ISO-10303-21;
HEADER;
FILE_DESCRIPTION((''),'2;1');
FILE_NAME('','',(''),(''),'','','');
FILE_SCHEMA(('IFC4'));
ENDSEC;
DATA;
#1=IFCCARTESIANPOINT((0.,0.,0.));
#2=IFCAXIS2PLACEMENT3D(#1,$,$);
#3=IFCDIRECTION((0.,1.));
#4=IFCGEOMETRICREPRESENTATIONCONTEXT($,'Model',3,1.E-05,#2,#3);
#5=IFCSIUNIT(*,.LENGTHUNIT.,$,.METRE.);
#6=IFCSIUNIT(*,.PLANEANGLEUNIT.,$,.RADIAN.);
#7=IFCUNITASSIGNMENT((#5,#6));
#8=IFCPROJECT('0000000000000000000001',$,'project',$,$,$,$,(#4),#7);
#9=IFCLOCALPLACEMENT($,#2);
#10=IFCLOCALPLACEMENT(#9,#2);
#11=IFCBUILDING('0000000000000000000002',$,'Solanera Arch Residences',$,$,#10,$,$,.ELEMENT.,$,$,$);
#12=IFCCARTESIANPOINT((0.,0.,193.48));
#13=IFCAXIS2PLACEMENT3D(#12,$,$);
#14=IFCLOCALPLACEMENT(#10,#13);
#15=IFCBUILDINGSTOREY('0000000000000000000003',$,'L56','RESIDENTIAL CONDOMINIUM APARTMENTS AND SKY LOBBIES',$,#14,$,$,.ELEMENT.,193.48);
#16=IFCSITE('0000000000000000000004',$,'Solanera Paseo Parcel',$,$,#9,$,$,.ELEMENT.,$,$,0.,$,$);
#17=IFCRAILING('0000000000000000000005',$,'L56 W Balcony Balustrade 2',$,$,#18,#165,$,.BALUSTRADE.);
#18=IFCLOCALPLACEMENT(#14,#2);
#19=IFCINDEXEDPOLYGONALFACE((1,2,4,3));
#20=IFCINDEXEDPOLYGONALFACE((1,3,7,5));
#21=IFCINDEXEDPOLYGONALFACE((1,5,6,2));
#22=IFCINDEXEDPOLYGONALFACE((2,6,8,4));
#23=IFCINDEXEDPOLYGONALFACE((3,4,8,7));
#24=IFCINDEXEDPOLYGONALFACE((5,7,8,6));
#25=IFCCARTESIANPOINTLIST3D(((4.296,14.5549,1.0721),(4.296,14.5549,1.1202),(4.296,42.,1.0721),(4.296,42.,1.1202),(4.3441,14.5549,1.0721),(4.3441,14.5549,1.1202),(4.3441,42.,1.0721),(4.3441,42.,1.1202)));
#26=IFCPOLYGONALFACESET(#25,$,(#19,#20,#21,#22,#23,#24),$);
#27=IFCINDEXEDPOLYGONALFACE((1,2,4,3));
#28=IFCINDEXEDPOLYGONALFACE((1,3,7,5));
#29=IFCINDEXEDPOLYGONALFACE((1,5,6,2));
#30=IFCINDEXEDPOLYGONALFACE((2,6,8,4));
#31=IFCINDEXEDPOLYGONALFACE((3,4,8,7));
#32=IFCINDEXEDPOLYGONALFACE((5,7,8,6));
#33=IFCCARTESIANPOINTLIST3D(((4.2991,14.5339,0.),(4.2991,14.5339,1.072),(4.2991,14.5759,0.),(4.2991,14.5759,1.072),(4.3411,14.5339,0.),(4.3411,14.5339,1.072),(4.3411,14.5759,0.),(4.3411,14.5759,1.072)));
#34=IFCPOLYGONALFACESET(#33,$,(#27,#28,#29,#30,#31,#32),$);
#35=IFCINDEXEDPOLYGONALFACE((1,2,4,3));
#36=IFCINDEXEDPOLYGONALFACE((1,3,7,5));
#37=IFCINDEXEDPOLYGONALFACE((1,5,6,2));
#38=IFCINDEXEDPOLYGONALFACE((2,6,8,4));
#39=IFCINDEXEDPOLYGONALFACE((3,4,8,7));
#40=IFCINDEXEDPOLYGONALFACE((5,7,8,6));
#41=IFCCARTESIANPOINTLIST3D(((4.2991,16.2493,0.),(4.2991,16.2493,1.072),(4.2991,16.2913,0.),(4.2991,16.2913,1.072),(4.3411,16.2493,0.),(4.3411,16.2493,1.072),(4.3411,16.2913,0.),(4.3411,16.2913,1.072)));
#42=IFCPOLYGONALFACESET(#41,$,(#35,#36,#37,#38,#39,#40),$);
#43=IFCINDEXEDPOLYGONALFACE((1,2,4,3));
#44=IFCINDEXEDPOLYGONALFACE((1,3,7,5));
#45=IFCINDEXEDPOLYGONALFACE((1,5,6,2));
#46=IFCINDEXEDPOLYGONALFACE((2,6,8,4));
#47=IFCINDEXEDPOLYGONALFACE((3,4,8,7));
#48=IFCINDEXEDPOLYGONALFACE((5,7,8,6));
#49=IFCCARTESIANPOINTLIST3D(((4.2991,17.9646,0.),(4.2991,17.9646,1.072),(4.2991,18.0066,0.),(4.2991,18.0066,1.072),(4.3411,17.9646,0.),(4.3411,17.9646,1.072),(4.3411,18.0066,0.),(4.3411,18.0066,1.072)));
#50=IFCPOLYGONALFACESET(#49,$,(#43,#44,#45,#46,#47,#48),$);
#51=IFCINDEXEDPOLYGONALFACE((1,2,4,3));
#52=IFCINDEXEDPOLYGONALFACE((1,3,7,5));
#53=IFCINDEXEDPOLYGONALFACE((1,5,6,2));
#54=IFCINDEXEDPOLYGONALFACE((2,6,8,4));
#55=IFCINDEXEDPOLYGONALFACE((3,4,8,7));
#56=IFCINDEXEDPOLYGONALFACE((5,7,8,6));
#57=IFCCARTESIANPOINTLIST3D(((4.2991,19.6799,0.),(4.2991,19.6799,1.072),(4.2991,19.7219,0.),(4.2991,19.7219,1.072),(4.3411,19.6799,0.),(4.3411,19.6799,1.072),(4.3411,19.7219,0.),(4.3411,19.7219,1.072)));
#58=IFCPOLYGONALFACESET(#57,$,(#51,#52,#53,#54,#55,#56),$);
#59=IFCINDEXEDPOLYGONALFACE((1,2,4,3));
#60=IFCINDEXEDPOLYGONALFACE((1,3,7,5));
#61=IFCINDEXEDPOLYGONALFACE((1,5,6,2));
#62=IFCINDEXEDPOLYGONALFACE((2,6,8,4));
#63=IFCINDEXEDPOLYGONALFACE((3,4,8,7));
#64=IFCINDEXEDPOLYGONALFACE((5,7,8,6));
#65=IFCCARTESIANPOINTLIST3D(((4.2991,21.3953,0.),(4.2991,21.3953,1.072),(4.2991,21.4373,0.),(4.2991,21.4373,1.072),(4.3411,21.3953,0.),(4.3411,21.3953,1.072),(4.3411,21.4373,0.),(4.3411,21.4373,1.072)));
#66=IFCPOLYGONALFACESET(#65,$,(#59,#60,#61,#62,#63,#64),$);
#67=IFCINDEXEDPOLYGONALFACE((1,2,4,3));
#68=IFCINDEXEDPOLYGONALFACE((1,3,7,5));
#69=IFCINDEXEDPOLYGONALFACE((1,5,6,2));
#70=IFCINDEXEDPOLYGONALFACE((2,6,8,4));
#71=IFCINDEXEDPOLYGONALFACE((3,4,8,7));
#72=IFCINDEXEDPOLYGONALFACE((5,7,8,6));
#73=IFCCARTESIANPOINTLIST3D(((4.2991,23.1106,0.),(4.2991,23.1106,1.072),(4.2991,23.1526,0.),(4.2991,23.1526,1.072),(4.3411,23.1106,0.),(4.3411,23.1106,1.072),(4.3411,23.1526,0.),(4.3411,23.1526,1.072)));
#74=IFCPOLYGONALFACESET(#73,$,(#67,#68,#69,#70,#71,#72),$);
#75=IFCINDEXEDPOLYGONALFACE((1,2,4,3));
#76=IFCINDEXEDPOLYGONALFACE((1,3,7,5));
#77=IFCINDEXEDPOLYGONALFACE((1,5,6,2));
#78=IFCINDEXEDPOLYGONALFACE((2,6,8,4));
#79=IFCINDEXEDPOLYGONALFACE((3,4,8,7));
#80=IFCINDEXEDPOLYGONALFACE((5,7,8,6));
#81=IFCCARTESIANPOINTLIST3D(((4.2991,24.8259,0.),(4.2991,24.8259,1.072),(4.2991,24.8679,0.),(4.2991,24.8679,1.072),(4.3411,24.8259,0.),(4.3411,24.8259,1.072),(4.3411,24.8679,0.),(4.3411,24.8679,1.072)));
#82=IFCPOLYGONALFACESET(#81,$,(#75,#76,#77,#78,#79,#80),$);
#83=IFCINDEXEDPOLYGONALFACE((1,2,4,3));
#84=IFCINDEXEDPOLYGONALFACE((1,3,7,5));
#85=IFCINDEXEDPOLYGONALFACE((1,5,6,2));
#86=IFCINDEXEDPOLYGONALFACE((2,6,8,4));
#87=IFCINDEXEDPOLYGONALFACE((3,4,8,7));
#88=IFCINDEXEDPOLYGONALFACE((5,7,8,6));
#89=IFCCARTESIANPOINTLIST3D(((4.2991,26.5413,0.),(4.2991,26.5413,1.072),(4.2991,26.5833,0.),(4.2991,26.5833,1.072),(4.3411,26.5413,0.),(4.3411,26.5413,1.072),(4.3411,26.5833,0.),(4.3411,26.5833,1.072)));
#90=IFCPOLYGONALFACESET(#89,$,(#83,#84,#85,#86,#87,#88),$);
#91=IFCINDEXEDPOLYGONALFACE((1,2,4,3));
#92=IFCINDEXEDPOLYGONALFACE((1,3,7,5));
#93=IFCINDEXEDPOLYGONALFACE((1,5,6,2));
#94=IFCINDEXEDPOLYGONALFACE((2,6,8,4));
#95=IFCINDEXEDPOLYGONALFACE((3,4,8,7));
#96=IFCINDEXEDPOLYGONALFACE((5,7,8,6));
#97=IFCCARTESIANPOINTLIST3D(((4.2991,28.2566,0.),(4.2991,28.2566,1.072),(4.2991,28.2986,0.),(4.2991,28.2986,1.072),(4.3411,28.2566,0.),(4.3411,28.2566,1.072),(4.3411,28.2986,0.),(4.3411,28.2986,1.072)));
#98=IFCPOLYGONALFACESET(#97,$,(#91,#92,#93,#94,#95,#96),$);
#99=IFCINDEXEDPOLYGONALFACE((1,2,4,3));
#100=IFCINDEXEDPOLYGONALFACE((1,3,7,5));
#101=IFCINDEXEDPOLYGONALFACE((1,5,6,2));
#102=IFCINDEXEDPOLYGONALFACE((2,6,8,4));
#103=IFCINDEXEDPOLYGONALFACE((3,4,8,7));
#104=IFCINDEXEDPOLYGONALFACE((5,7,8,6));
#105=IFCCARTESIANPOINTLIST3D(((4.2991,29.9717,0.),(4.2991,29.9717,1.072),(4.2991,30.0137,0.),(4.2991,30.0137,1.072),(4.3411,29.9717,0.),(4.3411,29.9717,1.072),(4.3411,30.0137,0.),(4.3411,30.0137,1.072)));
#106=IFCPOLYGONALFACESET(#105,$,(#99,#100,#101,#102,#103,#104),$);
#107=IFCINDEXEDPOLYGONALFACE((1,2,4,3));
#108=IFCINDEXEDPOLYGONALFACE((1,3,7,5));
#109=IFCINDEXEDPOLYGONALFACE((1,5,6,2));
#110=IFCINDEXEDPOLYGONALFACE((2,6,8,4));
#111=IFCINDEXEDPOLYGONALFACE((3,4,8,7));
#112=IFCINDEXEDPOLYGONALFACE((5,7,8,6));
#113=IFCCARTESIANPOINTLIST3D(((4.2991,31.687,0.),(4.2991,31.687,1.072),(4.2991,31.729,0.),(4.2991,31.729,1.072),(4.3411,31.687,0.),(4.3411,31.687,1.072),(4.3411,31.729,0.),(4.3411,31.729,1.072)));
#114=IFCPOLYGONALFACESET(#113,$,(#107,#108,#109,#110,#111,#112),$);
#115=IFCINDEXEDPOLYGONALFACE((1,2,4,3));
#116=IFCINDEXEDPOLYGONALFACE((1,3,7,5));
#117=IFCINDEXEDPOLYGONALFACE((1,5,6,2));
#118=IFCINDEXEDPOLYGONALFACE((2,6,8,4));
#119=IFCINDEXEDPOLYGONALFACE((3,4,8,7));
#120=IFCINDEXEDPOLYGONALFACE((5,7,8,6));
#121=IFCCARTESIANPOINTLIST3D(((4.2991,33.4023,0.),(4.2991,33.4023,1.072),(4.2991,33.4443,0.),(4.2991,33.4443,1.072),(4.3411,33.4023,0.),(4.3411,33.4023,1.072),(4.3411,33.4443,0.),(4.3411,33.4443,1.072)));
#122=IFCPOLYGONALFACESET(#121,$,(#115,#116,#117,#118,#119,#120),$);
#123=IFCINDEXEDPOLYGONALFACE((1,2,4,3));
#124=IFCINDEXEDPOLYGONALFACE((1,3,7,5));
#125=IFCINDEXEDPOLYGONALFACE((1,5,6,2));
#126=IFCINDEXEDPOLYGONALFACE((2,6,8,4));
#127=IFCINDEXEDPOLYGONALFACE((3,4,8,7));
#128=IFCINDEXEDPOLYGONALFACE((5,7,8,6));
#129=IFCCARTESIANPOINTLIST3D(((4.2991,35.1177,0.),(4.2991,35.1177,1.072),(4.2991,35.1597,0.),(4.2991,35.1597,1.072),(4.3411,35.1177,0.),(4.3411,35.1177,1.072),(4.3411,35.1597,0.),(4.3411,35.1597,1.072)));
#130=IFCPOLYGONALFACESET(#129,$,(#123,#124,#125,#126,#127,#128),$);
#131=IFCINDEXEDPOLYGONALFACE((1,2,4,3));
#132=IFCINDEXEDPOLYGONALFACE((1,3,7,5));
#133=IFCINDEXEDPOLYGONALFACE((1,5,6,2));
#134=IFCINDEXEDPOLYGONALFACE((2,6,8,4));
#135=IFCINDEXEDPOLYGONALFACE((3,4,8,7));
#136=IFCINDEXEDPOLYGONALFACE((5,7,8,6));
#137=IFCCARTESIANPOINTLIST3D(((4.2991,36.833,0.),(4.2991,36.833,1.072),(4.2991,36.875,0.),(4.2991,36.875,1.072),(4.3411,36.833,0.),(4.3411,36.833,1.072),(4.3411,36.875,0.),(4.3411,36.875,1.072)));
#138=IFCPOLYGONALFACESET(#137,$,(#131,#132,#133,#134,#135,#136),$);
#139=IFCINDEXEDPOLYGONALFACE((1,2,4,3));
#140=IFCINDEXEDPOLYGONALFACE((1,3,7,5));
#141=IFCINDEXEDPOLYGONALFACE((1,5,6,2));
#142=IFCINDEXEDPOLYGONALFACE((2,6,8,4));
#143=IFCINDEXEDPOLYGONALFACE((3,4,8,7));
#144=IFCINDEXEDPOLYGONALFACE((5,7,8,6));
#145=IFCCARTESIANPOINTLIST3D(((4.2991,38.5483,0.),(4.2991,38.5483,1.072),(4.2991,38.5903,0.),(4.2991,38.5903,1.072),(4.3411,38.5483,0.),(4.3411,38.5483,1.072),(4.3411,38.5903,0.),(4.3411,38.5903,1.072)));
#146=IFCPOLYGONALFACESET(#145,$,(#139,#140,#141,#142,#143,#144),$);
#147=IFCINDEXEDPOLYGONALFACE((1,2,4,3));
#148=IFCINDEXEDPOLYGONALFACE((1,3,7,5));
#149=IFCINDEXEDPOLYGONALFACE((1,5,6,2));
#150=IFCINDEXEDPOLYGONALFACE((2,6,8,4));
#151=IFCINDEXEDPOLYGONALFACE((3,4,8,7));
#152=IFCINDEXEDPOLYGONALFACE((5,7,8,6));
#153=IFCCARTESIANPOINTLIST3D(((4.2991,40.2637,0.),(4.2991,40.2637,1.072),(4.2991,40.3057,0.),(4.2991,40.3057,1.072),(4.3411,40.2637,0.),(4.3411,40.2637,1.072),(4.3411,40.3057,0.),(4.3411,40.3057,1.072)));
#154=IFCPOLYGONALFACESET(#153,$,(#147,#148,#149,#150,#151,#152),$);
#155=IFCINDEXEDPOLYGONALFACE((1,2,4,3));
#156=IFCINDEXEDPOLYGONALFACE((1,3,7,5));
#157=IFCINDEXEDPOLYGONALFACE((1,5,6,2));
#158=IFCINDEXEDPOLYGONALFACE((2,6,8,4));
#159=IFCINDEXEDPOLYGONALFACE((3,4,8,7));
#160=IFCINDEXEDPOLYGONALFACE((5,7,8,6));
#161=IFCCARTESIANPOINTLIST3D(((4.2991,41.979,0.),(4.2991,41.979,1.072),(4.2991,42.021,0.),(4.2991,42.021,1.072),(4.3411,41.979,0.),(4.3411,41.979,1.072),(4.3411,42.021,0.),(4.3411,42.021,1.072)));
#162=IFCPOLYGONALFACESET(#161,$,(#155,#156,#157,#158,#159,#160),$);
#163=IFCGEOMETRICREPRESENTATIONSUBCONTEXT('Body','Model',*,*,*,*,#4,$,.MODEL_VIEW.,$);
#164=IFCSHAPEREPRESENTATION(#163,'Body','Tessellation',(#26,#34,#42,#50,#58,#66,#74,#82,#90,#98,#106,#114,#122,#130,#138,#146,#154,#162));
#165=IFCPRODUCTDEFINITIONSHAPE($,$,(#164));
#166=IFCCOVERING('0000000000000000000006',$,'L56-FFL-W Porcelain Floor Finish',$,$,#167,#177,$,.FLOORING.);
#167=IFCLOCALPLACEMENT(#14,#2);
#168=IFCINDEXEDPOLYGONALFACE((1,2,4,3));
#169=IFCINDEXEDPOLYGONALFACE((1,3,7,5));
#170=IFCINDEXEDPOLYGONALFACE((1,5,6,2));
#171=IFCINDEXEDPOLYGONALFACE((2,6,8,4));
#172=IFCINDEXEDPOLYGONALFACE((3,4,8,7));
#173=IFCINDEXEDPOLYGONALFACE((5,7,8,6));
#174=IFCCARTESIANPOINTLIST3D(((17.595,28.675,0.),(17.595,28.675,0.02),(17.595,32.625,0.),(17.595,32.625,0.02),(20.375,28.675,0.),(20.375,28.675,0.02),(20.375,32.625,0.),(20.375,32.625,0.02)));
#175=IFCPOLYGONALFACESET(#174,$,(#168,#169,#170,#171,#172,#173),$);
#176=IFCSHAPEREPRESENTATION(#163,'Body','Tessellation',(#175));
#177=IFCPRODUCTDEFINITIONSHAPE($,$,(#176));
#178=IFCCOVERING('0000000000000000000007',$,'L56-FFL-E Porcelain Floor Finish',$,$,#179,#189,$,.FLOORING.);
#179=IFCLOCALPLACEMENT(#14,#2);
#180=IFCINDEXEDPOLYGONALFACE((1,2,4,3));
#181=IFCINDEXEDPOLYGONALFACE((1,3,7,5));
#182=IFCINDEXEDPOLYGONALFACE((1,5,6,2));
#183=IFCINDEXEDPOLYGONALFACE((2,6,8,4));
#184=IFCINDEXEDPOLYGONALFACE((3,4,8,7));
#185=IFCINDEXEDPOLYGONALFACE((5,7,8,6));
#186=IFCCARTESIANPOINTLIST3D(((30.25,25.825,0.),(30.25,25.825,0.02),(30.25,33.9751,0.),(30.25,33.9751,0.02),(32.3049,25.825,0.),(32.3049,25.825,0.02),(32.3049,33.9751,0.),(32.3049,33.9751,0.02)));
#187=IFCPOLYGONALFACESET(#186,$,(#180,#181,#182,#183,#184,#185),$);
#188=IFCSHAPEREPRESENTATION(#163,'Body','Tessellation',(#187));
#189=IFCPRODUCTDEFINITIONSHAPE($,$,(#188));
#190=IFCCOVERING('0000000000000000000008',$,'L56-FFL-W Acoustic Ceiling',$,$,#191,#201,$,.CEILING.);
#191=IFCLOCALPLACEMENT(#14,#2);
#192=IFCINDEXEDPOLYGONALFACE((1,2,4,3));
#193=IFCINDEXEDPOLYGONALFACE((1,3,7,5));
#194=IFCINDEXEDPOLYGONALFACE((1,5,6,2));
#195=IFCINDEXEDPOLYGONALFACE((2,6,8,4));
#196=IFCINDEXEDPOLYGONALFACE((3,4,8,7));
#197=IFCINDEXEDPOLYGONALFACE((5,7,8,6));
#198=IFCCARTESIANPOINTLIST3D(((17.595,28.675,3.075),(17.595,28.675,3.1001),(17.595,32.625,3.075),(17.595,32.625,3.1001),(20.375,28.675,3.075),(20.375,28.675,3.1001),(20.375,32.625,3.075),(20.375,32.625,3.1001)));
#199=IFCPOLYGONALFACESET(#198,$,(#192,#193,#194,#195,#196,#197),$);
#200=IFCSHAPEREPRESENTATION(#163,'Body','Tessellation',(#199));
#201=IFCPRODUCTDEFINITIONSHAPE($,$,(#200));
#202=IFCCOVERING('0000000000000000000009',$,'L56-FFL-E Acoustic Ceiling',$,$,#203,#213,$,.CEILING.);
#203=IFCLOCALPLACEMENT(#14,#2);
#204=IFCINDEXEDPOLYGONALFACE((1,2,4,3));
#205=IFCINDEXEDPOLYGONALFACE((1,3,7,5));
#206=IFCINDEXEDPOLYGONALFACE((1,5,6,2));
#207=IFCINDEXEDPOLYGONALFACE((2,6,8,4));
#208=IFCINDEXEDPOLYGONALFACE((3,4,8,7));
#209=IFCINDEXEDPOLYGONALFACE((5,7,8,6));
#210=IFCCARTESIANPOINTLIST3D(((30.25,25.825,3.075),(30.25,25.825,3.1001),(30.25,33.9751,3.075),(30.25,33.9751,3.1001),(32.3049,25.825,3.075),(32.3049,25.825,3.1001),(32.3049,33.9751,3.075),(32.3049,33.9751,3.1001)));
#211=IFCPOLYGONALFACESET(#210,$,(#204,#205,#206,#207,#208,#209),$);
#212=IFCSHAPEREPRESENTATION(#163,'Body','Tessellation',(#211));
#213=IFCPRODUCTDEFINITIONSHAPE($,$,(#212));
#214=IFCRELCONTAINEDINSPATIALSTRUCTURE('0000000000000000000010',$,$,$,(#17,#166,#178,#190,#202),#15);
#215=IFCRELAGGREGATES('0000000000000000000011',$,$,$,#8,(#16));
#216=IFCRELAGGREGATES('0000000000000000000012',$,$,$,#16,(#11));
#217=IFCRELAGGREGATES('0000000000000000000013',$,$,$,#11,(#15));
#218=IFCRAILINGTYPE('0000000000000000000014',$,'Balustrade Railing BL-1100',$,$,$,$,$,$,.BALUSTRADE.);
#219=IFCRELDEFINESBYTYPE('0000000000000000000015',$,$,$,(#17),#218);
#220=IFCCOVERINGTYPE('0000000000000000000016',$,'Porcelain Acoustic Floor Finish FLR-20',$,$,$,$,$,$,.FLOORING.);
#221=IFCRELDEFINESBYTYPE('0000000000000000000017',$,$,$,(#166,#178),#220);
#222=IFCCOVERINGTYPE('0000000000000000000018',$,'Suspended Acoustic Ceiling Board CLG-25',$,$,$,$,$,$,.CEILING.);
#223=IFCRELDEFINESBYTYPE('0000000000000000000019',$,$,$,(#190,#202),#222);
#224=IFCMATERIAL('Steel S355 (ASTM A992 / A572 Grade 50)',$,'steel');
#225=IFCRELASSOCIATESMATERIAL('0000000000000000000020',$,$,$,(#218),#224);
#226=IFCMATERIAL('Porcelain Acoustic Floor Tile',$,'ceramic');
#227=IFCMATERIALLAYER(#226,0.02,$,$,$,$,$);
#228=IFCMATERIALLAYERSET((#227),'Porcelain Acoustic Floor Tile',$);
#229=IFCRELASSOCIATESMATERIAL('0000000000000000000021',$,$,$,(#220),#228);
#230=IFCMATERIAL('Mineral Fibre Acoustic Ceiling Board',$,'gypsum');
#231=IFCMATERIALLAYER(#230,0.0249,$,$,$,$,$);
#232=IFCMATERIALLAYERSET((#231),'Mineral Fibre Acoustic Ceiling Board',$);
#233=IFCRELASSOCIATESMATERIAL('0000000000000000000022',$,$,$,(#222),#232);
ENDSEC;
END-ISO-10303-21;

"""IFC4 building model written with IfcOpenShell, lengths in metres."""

from ifc_helpers import new_model, si_unit, direction, frame, origin, origin_2d, place, context, subcontext, project, spatial, polyline, rectangle, outline, extrude, material, layer, layer_set, type_object, element, save


model = new_model("IFC4")

# Units and contexts
model_context = context("Model", 3, precision=1e-05, world=origin(), true_north=direction((0.0, 1.0)))
body_context = subcontext(model_context, "Body", "Model", "MODEL_VIEW")
ifc_project = project(units=[si_unit("LENGTHUNIT", "METRE"), si_unit("PLANEANGLEUNIT", "RADIAN")], contexts=[model_context])

# Site, building, storey
site_placement = place(None, origin())
site = spatial("IfcSite", under=ifc_project, at=site_placement, Name="Solanera Paseo Parcel", CompositionType="ELEMENT", RefElevation=0.0)
building_placement = place(site_placement, origin())
building = spatial("IfcBuilding", under=site, at=building_placement, Name="Solanera Arch Residences", CompositionType="ELEMENT")
storey_placement = place(building_placement, frame((0.0, 0.0, 193.48)))
storey = spatial("IfcBuildingStorey", under=building, at=storey_placement, Name="L56", Description="RESIDENTIAL CONDOMINIUM APARTMENTS AND SKY LOBBIES", CompositionType="ELEMENT", Elevation=193.48)

# Railing
ifc_material_1 = material(Name="Steel S355 (ASTM A992 / A572 Grade 50)", Category="steel")
railing_type = type_object("IfcRailingType", Name="Balustrade Railing BL-1100", PredefinedType="BALUSTRADE", material=ifc_material_1)
railing_placement = place(storey_placement, frame((4.3201, 14.5549, 0.0)))
element("IfcRailing", 1, at=railing_placement, inside=storey, type_object=railing_type, Name="L56 W Balcony Balustrade 2", PredefinedType="BALUSTRADE", context=body_context, shape_type="SweptSolid", body=[
    extrude(rectangle(XDim=0.0481, YDim=0.0481, at=origin_2d()), frame((0.0, 0.0, 1.0962), z_axis=(0.0, 1.0, 0.0), x_axis=(-1.0, 0.0, 0.0)), (0.0, 0.0, 1.0), 27.4451),
    extrude(rectangle(XDim=0.042, YDim=0.042, at=origin_2d()), origin(), (0.0, 0.0, 1.0), 1.072),
    extrude(rectangle(XDim=0.042, YDim=0.042, at=origin_2d()), frame((0.0, 1.7153, 0.0)), (0.0, 0.0, 1.0), 1.072),
    extrude(rectangle(XDim=0.042, YDim=0.042, at=origin_2d()), frame((0.0, 3.4307, 0.0)), (0.0, 0.0, 1.0), 1.072),
    extrude(rectangle(XDim=0.042, YDim=0.042, at=origin_2d()), frame((0.0, 5.146, 0.0)), (0.0, 0.0, 1.0), 1.072),
    extrude(rectangle(XDim=0.042, YDim=0.042, at=origin_2d()), frame((0.0, 6.8613, 0.0)), (0.0, 0.0, 1.0), 1.072),
    extrude(rectangle(XDim=0.042, YDim=0.042, at=origin_2d()), frame((0.0, 8.5767, 0.0)), (0.0, 0.0, 1.0), 1.072),
    extrude(rectangle(XDim=0.042, YDim=0.042, at=origin_2d()), frame((0.0, 10.292, 0.0)), (0.0, 0.0, 1.0), 1.072),
    extrude(rectangle(XDim=0.042, YDim=0.042, at=origin_2d()), frame((0.0, 12.0073, 0.0)), (0.0, 0.0, 1.0), 1.072),
    extrude(rectangle(XDim=0.042, YDim=0.042, at=origin_2d()), frame((0.0, 13.7227, 0.0)), (0.0, 0.0, 1.0), 1.072),
    extrude(rectangle(XDim=0.042, YDim=0.042, at=origin_2d()), frame((0.0, 15.4377, 0.0)), (0.0, 0.0, 1.0), 1.072),
    extrude(rectangle(XDim=0.042, YDim=0.042, at=origin_2d()), frame((0.0, 17.1531, 0.0)), (0.0, 0.0, 1.0), 1.072),
    extrude(rectangle(XDim=0.042, YDim=0.042, at=origin_2d()), frame((0.0, 18.8684, 0.0)), (0.0, 0.0, 1.0), 1.072),
    extrude(rectangle(XDim=0.042, YDim=0.042, at=origin_2d()), frame((0.0, 20.5837, 0.0)), (0.0, 0.0, 1.0), 1.072),
    extrude(rectangle(XDim=0.042, YDim=0.042, at=origin_2d()), frame((0.0, 22.2991, 0.0)), (0.0, 0.0, 1.0), 1.072),
    extrude(rectangle(XDim=0.042, YDim=0.042, at=origin_2d()), frame((0.0, 24.0144, 0.0)), (0.0, 0.0, 1.0), 1.072),
    extrude(rectangle(XDim=0.042, YDim=0.042, at=origin_2d()), frame((0.0, 25.7297, 0.0)), (0.0, 0.0, 1.0), 1.072),
    extrude(rectangle(XDim=0.042, YDim=0.042, at=origin_2d()), frame((0.0, 27.4451, 0.0)), (0.0, 0.0, 1.0), 1.072),
])

# Coverings
ifc_material_2 = material(Name="Porcelain Acoustic Floor Tile", Category="ceramic")
ifc_layer_1 = layer(ifc_material_2, 0.02)
ifc_layer_set_1 = layer_set([ifc_layer_1], Name="Porcelain Acoustic Floor Tile")
covering_type_1 = type_object("IfcCoveringType", Name="Porcelain Acoustic Floor Finish FLR-20", PredefinedType="FLOORING", material=ifc_layer_set_1)
covering_1_placement = place(storey_placement, origin())
element("IfcCovering", 2, at=covering_1_placement, inside=storey, type_object=covering_type_1, Name="L56-FFL-W Porcelain Floor Finish", PredefinedType="FLOORING", context=body_context, shape_type="SweptSolid", body=[
    extrude(outline(polyline([(20.375, 28.675), (17.595, 28.675), (17.595, 32.625), (20.375, 32.625), (20.375, 28.675)])), origin(), (0.0, 0.0, 1.0), 0.02),
])
covering_2_placement = place(storey_placement, origin())
element("IfcCovering", 3, at=covering_2_placement, inside=storey, type_object=covering_type_1, Name="L56-FFL-E Porcelain Floor Finish", PredefinedType="FLOORING", context=body_context, shape_type="SweptSolid", body=[
    extrude(outline(polyline([(32.3049, 25.825), (30.25, 25.825), (30.25, 33.9751), (32.3049, 33.9751), (32.3049, 25.825)])), origin(), (0.0, 0.0, 1.0), 0.02),
])
ifc_material_3 = material(Name="Mineral Fibre Acoustic Ceiling Board", Category="gypsum")
ifc_layer_2 = layer(ifc_material_3, 0.0249)
ifc_layer_set_2 = layer_set([ifc_layer_2], Name="Mineral Fibre Acoustic Ceiling Board")
covering_type_2 = type_object("IfcCoveringType", Name="Suspended Acoustic Ceiling Board CLG-25", PredefinedType="CEILING", material=ifc_layer_set_2)
covering_3_placement = place(storey_placement, frame((0.0, 0.0, 3.075)))
element("IfcCovering", 4, at=covering_3_placement, inside=storey, type_object=covering_type_2, Name="L56-FFL-W Acoustic Ceiling", PredefinedType="CEILING", context=body_context, shape_type="SweptSolid", body=[
    extrude(outline(polyline([(20.375, 28.675), (17.595, 28.675), (17.595, 32.625), (20.375, 32.625), (20.375, 28.675)])), origin(), (0.0, 0.0, 1.0), 0.0251),
])
covering_4_placement = place(storey_placement, frame((0.0, 0.0, 3.075)))
element("IfcCovering", 5, at=covering_4_placement, inside=storey, type_object=covering_type_2, Name="L56-FFL-E Acoustic Ceiling", PredefinedType="CEILING", context=body_context, shape_type="SweptSolid", body=[
    extrude(outline(polyline([(32.3049, 25.825), (30.25, 25.825), (30.25, 33.9751), (32.3049, 33.9751), (32.3049, 25.825)])), origin(), (0.0, 0.0, 1.0), 0.0251),
])

save(model, "model.ifc")
